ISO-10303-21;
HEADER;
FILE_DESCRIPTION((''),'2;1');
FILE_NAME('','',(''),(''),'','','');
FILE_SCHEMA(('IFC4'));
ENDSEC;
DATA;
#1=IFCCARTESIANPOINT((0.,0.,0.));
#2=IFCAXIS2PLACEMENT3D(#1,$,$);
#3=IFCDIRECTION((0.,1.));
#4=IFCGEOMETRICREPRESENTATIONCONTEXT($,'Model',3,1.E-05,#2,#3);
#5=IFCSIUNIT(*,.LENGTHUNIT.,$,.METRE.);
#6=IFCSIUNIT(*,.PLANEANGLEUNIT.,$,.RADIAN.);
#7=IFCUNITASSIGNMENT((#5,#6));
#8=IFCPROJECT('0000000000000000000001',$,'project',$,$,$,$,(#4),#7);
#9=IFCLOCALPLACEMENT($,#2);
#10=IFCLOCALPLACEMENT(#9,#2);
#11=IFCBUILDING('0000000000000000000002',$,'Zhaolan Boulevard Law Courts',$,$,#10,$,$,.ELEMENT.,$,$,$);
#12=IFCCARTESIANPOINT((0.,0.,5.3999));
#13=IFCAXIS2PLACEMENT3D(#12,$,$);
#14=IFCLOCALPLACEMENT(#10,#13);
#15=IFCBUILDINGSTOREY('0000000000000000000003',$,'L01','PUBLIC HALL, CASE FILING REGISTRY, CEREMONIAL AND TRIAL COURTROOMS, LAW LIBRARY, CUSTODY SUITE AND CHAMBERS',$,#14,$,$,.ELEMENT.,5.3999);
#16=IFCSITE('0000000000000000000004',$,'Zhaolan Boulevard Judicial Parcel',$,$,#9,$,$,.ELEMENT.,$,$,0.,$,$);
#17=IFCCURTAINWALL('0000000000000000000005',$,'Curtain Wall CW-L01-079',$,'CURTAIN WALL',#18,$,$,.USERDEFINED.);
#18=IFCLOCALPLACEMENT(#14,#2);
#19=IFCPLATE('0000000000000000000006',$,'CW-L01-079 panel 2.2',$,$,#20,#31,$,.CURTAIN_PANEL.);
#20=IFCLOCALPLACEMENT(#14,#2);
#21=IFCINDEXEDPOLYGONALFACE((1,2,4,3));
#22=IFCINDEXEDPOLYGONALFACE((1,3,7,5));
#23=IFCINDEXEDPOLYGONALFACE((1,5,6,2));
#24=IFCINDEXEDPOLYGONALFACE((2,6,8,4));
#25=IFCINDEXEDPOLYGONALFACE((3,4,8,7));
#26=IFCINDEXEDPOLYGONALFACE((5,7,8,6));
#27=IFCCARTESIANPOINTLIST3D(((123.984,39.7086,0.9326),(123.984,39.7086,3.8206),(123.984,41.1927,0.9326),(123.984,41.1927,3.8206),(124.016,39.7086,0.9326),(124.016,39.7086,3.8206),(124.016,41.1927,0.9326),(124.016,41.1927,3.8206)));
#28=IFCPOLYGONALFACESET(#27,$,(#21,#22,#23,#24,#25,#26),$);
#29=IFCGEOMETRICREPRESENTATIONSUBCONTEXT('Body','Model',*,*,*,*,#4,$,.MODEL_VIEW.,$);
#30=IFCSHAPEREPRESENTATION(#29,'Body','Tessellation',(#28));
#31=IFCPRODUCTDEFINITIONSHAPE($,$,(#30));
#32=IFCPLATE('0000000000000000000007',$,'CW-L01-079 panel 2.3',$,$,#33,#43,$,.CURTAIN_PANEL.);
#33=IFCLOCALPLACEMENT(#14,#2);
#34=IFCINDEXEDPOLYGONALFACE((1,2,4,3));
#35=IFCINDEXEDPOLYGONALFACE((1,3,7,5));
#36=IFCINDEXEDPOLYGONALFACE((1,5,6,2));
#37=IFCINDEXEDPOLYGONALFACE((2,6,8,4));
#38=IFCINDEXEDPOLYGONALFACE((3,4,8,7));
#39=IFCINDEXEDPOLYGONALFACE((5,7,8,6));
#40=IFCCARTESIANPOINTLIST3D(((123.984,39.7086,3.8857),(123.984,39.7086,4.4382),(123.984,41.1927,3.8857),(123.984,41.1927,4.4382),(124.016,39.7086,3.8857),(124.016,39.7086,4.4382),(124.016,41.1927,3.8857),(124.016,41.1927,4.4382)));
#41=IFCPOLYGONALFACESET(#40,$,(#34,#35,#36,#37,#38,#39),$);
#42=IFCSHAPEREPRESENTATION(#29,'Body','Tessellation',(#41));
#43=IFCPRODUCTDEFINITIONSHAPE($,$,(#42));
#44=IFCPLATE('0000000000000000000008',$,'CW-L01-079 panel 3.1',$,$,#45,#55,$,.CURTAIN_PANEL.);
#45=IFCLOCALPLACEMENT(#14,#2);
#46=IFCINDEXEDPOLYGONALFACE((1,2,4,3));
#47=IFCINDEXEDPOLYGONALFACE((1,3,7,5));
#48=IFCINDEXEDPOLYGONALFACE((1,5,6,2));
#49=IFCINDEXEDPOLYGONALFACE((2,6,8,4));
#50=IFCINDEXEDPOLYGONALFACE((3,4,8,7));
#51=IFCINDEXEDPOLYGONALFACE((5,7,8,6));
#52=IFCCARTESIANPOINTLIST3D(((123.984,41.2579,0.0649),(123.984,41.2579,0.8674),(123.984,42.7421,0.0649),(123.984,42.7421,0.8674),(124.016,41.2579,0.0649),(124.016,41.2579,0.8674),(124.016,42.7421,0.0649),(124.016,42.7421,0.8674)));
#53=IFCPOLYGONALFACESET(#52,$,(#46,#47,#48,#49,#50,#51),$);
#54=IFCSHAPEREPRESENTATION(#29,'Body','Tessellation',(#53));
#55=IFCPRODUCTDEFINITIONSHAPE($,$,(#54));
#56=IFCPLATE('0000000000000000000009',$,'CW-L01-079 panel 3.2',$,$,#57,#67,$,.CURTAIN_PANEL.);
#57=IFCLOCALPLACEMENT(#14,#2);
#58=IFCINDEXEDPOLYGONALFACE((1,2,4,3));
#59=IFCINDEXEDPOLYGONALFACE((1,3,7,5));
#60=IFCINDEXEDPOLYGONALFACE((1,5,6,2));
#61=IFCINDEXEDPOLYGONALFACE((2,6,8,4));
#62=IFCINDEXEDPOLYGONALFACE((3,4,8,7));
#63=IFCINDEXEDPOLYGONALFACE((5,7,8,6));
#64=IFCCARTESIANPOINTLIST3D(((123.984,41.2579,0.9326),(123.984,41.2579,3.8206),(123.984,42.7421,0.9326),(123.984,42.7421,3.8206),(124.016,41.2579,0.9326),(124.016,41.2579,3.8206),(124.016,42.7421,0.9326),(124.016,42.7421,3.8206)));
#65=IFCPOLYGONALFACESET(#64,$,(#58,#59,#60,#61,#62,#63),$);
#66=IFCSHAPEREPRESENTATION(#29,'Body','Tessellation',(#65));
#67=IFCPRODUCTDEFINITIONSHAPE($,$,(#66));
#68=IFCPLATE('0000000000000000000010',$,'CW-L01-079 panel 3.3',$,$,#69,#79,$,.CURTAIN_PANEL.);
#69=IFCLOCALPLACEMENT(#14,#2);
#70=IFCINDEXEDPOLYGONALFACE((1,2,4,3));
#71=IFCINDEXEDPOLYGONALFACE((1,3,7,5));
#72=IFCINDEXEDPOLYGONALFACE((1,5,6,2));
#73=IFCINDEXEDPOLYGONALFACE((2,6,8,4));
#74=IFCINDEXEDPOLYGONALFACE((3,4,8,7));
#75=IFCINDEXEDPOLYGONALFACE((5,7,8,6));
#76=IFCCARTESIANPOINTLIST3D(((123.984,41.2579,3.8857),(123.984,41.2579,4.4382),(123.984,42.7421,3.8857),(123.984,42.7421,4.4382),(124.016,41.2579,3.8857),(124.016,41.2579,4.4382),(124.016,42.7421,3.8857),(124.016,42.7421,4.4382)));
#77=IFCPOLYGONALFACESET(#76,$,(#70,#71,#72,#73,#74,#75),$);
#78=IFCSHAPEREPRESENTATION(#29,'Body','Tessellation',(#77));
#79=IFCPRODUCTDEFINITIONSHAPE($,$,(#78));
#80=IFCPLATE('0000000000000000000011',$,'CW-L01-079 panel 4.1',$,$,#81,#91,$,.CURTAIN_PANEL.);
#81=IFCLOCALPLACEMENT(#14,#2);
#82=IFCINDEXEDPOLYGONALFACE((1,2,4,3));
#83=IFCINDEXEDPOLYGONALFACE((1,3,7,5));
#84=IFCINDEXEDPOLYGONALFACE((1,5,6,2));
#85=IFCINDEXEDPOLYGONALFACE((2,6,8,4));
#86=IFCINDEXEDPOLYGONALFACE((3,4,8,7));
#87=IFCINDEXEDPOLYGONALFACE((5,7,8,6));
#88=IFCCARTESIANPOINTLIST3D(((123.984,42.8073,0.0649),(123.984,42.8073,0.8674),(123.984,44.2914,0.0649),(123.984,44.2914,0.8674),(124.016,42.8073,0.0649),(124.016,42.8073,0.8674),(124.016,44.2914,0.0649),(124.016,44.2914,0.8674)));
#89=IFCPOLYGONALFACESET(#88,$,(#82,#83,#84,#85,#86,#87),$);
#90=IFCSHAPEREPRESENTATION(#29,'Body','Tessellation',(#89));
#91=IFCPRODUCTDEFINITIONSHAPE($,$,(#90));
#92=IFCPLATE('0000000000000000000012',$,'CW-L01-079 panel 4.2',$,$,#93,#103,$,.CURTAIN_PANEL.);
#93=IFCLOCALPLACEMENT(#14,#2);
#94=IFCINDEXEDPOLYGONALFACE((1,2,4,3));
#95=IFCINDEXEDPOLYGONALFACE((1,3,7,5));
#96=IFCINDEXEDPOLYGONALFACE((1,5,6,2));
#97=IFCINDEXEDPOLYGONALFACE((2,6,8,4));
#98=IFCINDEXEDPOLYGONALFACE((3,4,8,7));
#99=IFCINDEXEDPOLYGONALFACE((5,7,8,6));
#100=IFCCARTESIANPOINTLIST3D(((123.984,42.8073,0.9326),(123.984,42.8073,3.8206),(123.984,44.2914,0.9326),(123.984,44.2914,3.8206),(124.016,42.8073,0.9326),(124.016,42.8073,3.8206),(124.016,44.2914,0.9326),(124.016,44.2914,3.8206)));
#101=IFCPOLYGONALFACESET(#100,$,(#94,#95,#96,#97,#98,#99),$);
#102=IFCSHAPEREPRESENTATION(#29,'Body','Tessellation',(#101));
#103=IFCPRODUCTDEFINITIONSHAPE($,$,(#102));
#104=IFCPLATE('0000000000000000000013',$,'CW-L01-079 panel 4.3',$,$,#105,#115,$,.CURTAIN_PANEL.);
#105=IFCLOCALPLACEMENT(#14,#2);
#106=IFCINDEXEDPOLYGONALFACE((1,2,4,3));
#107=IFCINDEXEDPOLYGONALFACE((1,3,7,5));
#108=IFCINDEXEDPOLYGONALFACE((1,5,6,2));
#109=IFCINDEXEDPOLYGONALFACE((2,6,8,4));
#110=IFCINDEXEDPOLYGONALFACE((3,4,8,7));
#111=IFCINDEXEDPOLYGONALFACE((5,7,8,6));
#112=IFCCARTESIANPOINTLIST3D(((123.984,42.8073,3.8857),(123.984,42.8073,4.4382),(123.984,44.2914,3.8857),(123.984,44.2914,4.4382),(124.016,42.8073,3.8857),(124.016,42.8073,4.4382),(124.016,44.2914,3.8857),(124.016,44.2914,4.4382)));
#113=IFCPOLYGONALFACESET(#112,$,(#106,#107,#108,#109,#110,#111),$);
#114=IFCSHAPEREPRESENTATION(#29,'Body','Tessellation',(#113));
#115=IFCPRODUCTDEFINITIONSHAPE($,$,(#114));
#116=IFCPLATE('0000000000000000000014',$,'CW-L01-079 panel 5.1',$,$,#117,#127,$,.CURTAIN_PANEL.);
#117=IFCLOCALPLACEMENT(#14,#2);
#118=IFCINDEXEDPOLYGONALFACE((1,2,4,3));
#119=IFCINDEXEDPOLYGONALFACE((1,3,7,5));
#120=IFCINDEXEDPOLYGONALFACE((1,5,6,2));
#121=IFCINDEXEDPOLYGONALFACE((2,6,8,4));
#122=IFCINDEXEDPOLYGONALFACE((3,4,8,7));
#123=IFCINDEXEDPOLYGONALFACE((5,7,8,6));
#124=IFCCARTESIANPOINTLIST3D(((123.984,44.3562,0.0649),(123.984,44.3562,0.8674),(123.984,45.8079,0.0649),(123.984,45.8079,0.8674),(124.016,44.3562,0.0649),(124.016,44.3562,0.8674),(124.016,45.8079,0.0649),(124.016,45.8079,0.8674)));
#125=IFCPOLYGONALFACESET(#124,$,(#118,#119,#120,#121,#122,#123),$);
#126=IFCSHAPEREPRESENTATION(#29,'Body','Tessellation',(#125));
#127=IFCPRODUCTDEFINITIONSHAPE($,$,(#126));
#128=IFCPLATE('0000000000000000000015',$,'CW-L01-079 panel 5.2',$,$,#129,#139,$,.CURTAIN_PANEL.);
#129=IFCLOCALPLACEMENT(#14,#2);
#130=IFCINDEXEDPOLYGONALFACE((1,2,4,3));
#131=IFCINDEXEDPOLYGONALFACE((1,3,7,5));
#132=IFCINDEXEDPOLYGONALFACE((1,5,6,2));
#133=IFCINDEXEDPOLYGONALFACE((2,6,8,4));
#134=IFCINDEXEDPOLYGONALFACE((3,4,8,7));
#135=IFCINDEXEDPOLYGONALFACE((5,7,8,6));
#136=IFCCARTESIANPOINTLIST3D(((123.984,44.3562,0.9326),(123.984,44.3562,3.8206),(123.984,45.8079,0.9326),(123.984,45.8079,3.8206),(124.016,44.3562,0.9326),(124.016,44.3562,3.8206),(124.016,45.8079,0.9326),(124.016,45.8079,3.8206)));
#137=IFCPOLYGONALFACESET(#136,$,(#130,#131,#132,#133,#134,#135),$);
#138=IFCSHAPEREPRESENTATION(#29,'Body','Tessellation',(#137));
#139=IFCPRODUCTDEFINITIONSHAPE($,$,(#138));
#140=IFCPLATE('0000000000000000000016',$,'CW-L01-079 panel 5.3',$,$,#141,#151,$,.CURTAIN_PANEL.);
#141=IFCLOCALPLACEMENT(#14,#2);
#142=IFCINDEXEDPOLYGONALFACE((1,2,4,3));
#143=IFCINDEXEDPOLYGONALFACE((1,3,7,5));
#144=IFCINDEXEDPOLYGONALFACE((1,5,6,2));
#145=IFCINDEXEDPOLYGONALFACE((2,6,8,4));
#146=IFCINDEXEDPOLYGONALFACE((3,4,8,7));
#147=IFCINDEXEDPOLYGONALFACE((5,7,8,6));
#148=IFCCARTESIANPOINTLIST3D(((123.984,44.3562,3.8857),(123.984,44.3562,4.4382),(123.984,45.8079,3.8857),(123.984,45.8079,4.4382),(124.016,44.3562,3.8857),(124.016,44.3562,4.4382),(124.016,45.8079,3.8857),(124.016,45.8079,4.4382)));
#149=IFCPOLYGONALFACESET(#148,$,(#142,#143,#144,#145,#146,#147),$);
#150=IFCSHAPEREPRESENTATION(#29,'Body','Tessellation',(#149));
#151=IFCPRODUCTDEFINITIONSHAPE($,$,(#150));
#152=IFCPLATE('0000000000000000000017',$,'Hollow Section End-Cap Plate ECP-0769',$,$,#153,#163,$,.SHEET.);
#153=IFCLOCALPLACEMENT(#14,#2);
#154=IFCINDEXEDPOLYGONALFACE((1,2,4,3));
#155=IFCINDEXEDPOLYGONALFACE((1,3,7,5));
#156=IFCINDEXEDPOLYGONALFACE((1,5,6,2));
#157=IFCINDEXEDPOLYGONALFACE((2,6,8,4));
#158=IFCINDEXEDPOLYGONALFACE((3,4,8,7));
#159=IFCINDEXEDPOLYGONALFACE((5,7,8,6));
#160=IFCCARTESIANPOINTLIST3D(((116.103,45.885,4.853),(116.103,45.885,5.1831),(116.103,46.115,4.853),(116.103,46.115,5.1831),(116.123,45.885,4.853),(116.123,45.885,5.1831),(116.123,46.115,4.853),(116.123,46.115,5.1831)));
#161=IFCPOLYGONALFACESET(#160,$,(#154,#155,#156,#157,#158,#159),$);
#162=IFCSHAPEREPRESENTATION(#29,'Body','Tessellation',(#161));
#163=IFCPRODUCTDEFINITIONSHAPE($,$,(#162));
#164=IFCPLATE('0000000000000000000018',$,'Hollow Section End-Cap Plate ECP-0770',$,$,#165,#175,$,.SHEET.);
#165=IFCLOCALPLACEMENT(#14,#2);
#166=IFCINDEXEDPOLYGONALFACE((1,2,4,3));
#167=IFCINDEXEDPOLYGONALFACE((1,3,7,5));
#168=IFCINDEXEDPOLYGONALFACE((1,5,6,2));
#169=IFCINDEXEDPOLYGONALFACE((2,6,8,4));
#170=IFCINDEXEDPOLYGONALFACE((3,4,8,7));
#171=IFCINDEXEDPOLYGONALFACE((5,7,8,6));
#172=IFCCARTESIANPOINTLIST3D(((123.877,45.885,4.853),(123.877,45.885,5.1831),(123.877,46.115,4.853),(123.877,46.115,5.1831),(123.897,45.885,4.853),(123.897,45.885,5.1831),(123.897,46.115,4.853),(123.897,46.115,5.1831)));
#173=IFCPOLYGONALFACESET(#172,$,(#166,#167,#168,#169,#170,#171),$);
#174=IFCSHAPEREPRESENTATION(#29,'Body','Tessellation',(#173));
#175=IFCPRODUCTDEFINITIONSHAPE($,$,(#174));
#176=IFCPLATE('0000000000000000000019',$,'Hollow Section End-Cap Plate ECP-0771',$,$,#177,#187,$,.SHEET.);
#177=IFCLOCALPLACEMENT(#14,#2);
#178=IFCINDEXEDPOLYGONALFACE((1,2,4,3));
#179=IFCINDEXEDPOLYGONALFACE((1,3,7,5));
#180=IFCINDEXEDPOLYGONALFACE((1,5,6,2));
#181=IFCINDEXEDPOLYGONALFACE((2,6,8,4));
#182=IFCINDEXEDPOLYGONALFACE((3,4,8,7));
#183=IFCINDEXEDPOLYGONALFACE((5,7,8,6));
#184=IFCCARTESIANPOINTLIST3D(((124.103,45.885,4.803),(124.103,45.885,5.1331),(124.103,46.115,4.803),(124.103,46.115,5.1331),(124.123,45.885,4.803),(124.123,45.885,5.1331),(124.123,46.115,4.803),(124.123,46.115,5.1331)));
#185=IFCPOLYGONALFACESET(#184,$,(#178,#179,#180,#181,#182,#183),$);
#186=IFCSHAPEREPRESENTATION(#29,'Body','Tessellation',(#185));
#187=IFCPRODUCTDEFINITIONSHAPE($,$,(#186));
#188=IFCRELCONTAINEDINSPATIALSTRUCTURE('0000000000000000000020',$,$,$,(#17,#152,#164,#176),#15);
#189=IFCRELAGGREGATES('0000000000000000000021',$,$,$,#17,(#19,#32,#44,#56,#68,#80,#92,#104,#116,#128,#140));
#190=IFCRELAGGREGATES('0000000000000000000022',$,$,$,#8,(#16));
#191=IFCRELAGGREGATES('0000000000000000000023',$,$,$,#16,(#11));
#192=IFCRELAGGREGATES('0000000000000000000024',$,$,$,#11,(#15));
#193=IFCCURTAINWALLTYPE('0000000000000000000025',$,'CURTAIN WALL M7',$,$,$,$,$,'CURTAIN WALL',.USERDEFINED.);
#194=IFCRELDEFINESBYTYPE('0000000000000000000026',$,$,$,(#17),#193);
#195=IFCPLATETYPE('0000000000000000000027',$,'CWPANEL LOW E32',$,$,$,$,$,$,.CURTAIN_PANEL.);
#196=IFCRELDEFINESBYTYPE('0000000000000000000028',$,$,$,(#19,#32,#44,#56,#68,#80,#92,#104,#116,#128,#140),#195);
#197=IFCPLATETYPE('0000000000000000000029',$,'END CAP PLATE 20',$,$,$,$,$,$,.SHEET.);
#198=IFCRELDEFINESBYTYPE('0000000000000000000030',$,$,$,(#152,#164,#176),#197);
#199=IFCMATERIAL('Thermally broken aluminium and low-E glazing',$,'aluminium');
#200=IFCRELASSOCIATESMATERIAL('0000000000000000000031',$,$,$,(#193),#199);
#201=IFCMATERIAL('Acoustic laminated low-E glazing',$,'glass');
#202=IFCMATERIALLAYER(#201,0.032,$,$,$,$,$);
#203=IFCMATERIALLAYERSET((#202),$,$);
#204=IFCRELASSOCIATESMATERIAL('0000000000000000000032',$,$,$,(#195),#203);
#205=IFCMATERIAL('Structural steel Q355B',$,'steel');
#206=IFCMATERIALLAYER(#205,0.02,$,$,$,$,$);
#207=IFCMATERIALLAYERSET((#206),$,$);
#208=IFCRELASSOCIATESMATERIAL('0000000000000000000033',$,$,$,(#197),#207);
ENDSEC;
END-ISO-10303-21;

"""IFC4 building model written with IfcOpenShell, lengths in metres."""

from ifc_helpers import new_model, si_unit, direction, frame, origin, origin_2d, place, context, subcontext, project, spatial, rectangle, extrude, material, layer, layer_set, type_object, element, aggregate, save


model = new_model("IFC4")

# Units and contexts
model_context = context("Model", 3, precision=1e-05, world=origin(), true_north=direction((0.0, 1.0)))
body_context = subcontext(model_context, "Body", "Model", "MODEL_VIEW")
ifc_project = project(units=[si_unit("LENGTHUNIT", "METRE"), si_unit("PLANEANGLEUNIT", "RADIAN")], contexts=[model_context])

# Site, building, storey
site_placement = place(None, origin())
site = spatial("IfcSite", under=ifc_project, at=site_placement, Name="Zhaolan Boulevard Judicial Parcel", CompositionType="ELEMENT", RefElevation=0.0)
building_placement = place(site_placement, origin())
building = spatial("IfcBuilding", under=site, at=building_placement, Name="Zhaolan Boulevard Law Courts", CompositionType="ELEMENT")
storey_placement = place(building_placement, frame((0.0, 0.0, 5.3999)))
storey = spatial("IfcBuildingStorey", under=building, at=storey_placement, Name="L01", Description="PUBLIC HALL, CASE FILING REGISTRY, CEREMONIAL AND TRIAL COURTROOMS, LAW LIBRARY, CUSTODY SUITE AND CHAMBERS", CompositionType="ELEMENT", Elevation=5.3999)

# Curtain wall
ifc_material_1 = material(Name="Thermally broken aluminium and low-E glazing", Category="aluminium")
curtain_wall_type_1 = type_object("IfcCurtainWallType", Name="CURTAIN WALL M7", ElementType="CURTAIN WALL", PredefinedType="USERDEFINED", material=ifc_material_1)
curtain_wall_1_placement = place(storey_placement, origin())
curtain_wall_1 = element("IfcCurtainWall", 1, at=curtain_wall_1_placement, inside=storey, type_object=curtain_wall_type_1, Name="Curtain Wall CW-L01-079", ObjectType="CURTAIN WALL", PredefinedType="USERDEFINED")

# Plates
ifc_material_2 = material(Name="Acoustic laminated low-E glazing", Category="glass")
ifc_layer_1 = layer(ifc_material_2, 0.032)
ifc_layer_set_1 = layer_set([ifc_layer_1])
plate_type_1 = type_object("IfcPlateType", Name="CWPANEL LOW E32", PredefinedType="CURTAIN_PANEL", material=ifc_layer_set_1)
plate_1_placement = place(storey_placement, frame((124.0, 40.4507, 0.9326), z_axis=(0.0, 0.0, 1.0), x_axis=(0.0, 1.0, 0.0)))
plate_1 = element("IfcPlate", 2, at=plate_1_placement, type_object=plate_type_1, Name="CW-L01-079 panel 2.2", PredefinedType="CURTAIN_PANEL", context=body_context, shape_type="SweptSolid", body=[
    extrude(rectangle(XDim=1.4841, YDim=0.032, at=origin_2d()), origin(), (0.0, 0.0, 1.0), 2.8879),
])
plate_2_placement = place(storey_placement, frame((124.0, 40.4507, 3.8857), z_axis=(0.0, 0.0, 1.0), x_axis=(0.0, 1.0, 0.0)))
plate_2 = element("IfcPlate", 3, at=plate_2_placement, type_object=plate_type_1, Name="CW-L01-079 panel 2.3", PredefinedType="CURTAIN_PANEL", context=body_context, shape_type="SweptSolid", body=[
    extrude(rectangle(XDim=1.4841, YDim=0.032, at=origin_2d()), origin(), (0.0, 0.0, 1.0), 0.5525),
])
plate_3_placement = place(storey_placement, frame((124.0, 42.0, 0.0649), z_axis=(0.0, 0.0, 1.0), x_axis=(0.0, 1.0, 0.0)))
plate_3 = element("IfcPlate", 4, at=plate_3_placement, type_object=plate_type_1, Name="CW-L01-079 panel 3.1", PredefinedType="CURTAIN_PANEL", context=body_context, shape_type="SweptSolid", body=[
    extrude(rectangle(XDim=1.4841, YDim=0.032, at=origin_2d()), origin(), (0.0, 0.0, 1.0), 0.8025),
])
plate_4_placement = place(storey_placement, frame((124.0, 42.0, 0.9326), z_axis=(0.0, 0.0, 1.0), x_axis=(0.0, 1.0, 0.0)))
plate_4 = element("IfcPlate", 5, at=plate_4_placement, type_object=plate_type_1, Name="CW-L01-079 panel 3.2", PredefinedType="CURTAIN_PANEL", context=body_context, shape_type="SweptSolid", body=[
    extrude(rectangle(XDim=1.4841, YDim=0.032, at=origin_2d()), origin(), (0.0, 0.0, 1.0), 2.8879),
])
plate_5_placement = place(storey_placement, frame((124.0, 42.0, 3.8857), z_axis=(0.0, 0.0, 1.0), x_axis=(0.0, 1.0, 0.0)))
plate_5 = element("IfcPlate", 6, at=plate_5_placement, type_object=plate_type_1, Name="CW-L01-079 panel 3.3", PredefinedType="CURTAIN_PANEL", context=body_context, shape_type="SweptSolid", body=[
    extrude(rectangle(XDim=1.4841, YDim=0.032, at=origin_2d()), origin(), (0.0, 0.0, 1.0), 0.5525),
])
plate_6_placement = place(storey_placement, frame((124.0, 43.5493, 0.0649), z_axis=(0.0, 0.0, 1.0), x_axis=(0.0, 1.0, 0.0)))
plate_6 = element("IfcPlate", 7, at=plate_6_placement, type_object=plate_type_1, Name="CW-L01-079 panel 4.1", PredefinedType="CURTAIN_PANEL", context=body_context, shape_type="SweptSolid", body=[
    extrude(rectangle(XDim=1.4841, YDim=0.032, at=origin_2d()), origin(), (0.0, 0.0, 1.0), 0.8025),
])
plate_7_placement = place(storey_placement, frame((124.0, 43.5493, 0.9326), z_axis=(0.0, 0.0, 1.0), x_axis=(0.0, 1.0, 0.0)))
plate_7 = element("IfcPlate", 8, at=plate_7_placement, type_object=plate_type_1, Name="CW-L01-079 panel 4.2", PredefinedType="CURTAIN_PANEL", context=body_context, shape_type="SweptSolid", body=[
    extrude(rectangle(XDim=1.4841, YDim=0.032, at=origin_2d()), origin(), (0.0, 0.0, 1.0), 2.8879),
])
plate_8_placement = place(storey_placement, frame((124.0, 43.5493, 3.8857), z_axis=(0.0, 0.0, 1.0), x_axis=(0.0, 1.0, 0.0)))
plate_8 = element("IfcPlate", 9, at=plate_8_placement, type_object=plate_type_1, Name="CW-L01-079 panel 4.3", PredefinedType="CURTAIN_PANEL", context=body_context, shape_type="SweptSolid", body=[
    extrude(rectangle(XDim=1.4841, YDim=0.032, at=origin_2d()), origin(), (0.0, 0.0, 1.0), 0.5525),
])
plate_9_placement = place(storey_placement, frame((124.0, 45.082, 0.0649), z_axis=(0.0, 0.0, 1.0), x_axis=(0.0, 1.0, 0.0)))
plate_9 = element("IfcPlate", 10, at=plate_9_placement, type_object=plate_type_1, Name="CW-L01-079 panel 5.1", PredefinedType="CURTAIN_PANEL", context=body_context, shape_type="SweptSolid", body=[
    extrude(rectangle(XDim=1.4517, YDim=0.032, at=origin_2d()), origin(), (0.0, 0.0, 1.0), 0.8025),
])
plate_10_placement = place(storey_placement, frame((124.0, 45.082, 0.9326), z_axis=(0.0, 0.0, 1.0), x_axis=(0.0, 1.0, 0.0)))
plate_10 = element("IfcPlate", 11, at=plate_10_placement, type_object=plate_type_1, Name="CW-L01-079 panel 5.2", PredefinedType="CURTAIN_PANEL", context=body_context, shape_type="SweptSolid", body=[
    extrude(rectangle(XDim=1.4517, YDim=0.032, at=origin_2d()), origin(), (0.0, 0.0, 1.0), 2.8879),
])
plate_11_placement = place(storey_placement, frame((124.0, 45.082, 3.8857), z_axis=(0.0, 0.0, 1.0), x_axis=(0.0, 1.0, 0.0)))
plate_11 = element("IfcPlate", 12, at=plate_11_placement, type_object=plate_type_1, Name="CW-L01-079 panel 5.3", PredefinedType="CURTAIN_PANEL", context=body_context, shape_type="SweptSolid", body=[
    extrude(rectangle(XDim=1.4517, YDim=0.032, at=origin_2d()), origin(), (0.0, 0.0, 1.0), 0.5525),
])
aggregate(curtain_wall_1, [plate_1, plate_2, plate_3, plate_4, plate_5, plate_6, plate_7, plate_8, plate_9, plate_10, plate_11])

# Plates
ifc_material_3 = material(Name="Structural steel Q355B", Category="steel")
ifc_layer_2 = layer(ifc_material_3, 0.02)
ifc_layer_set_2 = layer_set([ifc_layer_2])
plate_type_2 = type_object("IfcPlateType", Name="END CAP PLATE 20", PredefinedType="SHEET", material=ifc_layer_set_2)
for number, where, z_axis, x_axis, name in (
    (13, (116.113, 46.0, 4.853), (0.0, 0.0, 1.0), (1.0, 0.0, 0.0), "Hollow Section End-Cap Plate ECP-0769"),
    (14, (123.887, 46.0, 4.853), (0.0, 0.0, 1.0), (1.0, 0.0, 0.0), "Hollow Section End-Cap Plate ECP-0770"),
    (15, (124.113, 46.0, 4.803), (0.0, 0.0, 1.0), (1.0, 0.0, 0.0), "Hollow Section End-Cap Plate ECP-0771"),
):
    element("IfcPlate", number, at=place(storey_placement, frame(where, z_axis=z_axis, x_axis=x_axis)), inside=storey, type_object=plate_type_2, Name=name, PredefinedType="SHEET", context=body_context, shape_type="SweptSolid", body=[
        extrude(rectangle(XDim=0.02, YDim=0.23, at=origin_2d()), origin(), (0.0, 0.0, 1.0), 0.3301),
    ])

save(model, "model.ifc")
